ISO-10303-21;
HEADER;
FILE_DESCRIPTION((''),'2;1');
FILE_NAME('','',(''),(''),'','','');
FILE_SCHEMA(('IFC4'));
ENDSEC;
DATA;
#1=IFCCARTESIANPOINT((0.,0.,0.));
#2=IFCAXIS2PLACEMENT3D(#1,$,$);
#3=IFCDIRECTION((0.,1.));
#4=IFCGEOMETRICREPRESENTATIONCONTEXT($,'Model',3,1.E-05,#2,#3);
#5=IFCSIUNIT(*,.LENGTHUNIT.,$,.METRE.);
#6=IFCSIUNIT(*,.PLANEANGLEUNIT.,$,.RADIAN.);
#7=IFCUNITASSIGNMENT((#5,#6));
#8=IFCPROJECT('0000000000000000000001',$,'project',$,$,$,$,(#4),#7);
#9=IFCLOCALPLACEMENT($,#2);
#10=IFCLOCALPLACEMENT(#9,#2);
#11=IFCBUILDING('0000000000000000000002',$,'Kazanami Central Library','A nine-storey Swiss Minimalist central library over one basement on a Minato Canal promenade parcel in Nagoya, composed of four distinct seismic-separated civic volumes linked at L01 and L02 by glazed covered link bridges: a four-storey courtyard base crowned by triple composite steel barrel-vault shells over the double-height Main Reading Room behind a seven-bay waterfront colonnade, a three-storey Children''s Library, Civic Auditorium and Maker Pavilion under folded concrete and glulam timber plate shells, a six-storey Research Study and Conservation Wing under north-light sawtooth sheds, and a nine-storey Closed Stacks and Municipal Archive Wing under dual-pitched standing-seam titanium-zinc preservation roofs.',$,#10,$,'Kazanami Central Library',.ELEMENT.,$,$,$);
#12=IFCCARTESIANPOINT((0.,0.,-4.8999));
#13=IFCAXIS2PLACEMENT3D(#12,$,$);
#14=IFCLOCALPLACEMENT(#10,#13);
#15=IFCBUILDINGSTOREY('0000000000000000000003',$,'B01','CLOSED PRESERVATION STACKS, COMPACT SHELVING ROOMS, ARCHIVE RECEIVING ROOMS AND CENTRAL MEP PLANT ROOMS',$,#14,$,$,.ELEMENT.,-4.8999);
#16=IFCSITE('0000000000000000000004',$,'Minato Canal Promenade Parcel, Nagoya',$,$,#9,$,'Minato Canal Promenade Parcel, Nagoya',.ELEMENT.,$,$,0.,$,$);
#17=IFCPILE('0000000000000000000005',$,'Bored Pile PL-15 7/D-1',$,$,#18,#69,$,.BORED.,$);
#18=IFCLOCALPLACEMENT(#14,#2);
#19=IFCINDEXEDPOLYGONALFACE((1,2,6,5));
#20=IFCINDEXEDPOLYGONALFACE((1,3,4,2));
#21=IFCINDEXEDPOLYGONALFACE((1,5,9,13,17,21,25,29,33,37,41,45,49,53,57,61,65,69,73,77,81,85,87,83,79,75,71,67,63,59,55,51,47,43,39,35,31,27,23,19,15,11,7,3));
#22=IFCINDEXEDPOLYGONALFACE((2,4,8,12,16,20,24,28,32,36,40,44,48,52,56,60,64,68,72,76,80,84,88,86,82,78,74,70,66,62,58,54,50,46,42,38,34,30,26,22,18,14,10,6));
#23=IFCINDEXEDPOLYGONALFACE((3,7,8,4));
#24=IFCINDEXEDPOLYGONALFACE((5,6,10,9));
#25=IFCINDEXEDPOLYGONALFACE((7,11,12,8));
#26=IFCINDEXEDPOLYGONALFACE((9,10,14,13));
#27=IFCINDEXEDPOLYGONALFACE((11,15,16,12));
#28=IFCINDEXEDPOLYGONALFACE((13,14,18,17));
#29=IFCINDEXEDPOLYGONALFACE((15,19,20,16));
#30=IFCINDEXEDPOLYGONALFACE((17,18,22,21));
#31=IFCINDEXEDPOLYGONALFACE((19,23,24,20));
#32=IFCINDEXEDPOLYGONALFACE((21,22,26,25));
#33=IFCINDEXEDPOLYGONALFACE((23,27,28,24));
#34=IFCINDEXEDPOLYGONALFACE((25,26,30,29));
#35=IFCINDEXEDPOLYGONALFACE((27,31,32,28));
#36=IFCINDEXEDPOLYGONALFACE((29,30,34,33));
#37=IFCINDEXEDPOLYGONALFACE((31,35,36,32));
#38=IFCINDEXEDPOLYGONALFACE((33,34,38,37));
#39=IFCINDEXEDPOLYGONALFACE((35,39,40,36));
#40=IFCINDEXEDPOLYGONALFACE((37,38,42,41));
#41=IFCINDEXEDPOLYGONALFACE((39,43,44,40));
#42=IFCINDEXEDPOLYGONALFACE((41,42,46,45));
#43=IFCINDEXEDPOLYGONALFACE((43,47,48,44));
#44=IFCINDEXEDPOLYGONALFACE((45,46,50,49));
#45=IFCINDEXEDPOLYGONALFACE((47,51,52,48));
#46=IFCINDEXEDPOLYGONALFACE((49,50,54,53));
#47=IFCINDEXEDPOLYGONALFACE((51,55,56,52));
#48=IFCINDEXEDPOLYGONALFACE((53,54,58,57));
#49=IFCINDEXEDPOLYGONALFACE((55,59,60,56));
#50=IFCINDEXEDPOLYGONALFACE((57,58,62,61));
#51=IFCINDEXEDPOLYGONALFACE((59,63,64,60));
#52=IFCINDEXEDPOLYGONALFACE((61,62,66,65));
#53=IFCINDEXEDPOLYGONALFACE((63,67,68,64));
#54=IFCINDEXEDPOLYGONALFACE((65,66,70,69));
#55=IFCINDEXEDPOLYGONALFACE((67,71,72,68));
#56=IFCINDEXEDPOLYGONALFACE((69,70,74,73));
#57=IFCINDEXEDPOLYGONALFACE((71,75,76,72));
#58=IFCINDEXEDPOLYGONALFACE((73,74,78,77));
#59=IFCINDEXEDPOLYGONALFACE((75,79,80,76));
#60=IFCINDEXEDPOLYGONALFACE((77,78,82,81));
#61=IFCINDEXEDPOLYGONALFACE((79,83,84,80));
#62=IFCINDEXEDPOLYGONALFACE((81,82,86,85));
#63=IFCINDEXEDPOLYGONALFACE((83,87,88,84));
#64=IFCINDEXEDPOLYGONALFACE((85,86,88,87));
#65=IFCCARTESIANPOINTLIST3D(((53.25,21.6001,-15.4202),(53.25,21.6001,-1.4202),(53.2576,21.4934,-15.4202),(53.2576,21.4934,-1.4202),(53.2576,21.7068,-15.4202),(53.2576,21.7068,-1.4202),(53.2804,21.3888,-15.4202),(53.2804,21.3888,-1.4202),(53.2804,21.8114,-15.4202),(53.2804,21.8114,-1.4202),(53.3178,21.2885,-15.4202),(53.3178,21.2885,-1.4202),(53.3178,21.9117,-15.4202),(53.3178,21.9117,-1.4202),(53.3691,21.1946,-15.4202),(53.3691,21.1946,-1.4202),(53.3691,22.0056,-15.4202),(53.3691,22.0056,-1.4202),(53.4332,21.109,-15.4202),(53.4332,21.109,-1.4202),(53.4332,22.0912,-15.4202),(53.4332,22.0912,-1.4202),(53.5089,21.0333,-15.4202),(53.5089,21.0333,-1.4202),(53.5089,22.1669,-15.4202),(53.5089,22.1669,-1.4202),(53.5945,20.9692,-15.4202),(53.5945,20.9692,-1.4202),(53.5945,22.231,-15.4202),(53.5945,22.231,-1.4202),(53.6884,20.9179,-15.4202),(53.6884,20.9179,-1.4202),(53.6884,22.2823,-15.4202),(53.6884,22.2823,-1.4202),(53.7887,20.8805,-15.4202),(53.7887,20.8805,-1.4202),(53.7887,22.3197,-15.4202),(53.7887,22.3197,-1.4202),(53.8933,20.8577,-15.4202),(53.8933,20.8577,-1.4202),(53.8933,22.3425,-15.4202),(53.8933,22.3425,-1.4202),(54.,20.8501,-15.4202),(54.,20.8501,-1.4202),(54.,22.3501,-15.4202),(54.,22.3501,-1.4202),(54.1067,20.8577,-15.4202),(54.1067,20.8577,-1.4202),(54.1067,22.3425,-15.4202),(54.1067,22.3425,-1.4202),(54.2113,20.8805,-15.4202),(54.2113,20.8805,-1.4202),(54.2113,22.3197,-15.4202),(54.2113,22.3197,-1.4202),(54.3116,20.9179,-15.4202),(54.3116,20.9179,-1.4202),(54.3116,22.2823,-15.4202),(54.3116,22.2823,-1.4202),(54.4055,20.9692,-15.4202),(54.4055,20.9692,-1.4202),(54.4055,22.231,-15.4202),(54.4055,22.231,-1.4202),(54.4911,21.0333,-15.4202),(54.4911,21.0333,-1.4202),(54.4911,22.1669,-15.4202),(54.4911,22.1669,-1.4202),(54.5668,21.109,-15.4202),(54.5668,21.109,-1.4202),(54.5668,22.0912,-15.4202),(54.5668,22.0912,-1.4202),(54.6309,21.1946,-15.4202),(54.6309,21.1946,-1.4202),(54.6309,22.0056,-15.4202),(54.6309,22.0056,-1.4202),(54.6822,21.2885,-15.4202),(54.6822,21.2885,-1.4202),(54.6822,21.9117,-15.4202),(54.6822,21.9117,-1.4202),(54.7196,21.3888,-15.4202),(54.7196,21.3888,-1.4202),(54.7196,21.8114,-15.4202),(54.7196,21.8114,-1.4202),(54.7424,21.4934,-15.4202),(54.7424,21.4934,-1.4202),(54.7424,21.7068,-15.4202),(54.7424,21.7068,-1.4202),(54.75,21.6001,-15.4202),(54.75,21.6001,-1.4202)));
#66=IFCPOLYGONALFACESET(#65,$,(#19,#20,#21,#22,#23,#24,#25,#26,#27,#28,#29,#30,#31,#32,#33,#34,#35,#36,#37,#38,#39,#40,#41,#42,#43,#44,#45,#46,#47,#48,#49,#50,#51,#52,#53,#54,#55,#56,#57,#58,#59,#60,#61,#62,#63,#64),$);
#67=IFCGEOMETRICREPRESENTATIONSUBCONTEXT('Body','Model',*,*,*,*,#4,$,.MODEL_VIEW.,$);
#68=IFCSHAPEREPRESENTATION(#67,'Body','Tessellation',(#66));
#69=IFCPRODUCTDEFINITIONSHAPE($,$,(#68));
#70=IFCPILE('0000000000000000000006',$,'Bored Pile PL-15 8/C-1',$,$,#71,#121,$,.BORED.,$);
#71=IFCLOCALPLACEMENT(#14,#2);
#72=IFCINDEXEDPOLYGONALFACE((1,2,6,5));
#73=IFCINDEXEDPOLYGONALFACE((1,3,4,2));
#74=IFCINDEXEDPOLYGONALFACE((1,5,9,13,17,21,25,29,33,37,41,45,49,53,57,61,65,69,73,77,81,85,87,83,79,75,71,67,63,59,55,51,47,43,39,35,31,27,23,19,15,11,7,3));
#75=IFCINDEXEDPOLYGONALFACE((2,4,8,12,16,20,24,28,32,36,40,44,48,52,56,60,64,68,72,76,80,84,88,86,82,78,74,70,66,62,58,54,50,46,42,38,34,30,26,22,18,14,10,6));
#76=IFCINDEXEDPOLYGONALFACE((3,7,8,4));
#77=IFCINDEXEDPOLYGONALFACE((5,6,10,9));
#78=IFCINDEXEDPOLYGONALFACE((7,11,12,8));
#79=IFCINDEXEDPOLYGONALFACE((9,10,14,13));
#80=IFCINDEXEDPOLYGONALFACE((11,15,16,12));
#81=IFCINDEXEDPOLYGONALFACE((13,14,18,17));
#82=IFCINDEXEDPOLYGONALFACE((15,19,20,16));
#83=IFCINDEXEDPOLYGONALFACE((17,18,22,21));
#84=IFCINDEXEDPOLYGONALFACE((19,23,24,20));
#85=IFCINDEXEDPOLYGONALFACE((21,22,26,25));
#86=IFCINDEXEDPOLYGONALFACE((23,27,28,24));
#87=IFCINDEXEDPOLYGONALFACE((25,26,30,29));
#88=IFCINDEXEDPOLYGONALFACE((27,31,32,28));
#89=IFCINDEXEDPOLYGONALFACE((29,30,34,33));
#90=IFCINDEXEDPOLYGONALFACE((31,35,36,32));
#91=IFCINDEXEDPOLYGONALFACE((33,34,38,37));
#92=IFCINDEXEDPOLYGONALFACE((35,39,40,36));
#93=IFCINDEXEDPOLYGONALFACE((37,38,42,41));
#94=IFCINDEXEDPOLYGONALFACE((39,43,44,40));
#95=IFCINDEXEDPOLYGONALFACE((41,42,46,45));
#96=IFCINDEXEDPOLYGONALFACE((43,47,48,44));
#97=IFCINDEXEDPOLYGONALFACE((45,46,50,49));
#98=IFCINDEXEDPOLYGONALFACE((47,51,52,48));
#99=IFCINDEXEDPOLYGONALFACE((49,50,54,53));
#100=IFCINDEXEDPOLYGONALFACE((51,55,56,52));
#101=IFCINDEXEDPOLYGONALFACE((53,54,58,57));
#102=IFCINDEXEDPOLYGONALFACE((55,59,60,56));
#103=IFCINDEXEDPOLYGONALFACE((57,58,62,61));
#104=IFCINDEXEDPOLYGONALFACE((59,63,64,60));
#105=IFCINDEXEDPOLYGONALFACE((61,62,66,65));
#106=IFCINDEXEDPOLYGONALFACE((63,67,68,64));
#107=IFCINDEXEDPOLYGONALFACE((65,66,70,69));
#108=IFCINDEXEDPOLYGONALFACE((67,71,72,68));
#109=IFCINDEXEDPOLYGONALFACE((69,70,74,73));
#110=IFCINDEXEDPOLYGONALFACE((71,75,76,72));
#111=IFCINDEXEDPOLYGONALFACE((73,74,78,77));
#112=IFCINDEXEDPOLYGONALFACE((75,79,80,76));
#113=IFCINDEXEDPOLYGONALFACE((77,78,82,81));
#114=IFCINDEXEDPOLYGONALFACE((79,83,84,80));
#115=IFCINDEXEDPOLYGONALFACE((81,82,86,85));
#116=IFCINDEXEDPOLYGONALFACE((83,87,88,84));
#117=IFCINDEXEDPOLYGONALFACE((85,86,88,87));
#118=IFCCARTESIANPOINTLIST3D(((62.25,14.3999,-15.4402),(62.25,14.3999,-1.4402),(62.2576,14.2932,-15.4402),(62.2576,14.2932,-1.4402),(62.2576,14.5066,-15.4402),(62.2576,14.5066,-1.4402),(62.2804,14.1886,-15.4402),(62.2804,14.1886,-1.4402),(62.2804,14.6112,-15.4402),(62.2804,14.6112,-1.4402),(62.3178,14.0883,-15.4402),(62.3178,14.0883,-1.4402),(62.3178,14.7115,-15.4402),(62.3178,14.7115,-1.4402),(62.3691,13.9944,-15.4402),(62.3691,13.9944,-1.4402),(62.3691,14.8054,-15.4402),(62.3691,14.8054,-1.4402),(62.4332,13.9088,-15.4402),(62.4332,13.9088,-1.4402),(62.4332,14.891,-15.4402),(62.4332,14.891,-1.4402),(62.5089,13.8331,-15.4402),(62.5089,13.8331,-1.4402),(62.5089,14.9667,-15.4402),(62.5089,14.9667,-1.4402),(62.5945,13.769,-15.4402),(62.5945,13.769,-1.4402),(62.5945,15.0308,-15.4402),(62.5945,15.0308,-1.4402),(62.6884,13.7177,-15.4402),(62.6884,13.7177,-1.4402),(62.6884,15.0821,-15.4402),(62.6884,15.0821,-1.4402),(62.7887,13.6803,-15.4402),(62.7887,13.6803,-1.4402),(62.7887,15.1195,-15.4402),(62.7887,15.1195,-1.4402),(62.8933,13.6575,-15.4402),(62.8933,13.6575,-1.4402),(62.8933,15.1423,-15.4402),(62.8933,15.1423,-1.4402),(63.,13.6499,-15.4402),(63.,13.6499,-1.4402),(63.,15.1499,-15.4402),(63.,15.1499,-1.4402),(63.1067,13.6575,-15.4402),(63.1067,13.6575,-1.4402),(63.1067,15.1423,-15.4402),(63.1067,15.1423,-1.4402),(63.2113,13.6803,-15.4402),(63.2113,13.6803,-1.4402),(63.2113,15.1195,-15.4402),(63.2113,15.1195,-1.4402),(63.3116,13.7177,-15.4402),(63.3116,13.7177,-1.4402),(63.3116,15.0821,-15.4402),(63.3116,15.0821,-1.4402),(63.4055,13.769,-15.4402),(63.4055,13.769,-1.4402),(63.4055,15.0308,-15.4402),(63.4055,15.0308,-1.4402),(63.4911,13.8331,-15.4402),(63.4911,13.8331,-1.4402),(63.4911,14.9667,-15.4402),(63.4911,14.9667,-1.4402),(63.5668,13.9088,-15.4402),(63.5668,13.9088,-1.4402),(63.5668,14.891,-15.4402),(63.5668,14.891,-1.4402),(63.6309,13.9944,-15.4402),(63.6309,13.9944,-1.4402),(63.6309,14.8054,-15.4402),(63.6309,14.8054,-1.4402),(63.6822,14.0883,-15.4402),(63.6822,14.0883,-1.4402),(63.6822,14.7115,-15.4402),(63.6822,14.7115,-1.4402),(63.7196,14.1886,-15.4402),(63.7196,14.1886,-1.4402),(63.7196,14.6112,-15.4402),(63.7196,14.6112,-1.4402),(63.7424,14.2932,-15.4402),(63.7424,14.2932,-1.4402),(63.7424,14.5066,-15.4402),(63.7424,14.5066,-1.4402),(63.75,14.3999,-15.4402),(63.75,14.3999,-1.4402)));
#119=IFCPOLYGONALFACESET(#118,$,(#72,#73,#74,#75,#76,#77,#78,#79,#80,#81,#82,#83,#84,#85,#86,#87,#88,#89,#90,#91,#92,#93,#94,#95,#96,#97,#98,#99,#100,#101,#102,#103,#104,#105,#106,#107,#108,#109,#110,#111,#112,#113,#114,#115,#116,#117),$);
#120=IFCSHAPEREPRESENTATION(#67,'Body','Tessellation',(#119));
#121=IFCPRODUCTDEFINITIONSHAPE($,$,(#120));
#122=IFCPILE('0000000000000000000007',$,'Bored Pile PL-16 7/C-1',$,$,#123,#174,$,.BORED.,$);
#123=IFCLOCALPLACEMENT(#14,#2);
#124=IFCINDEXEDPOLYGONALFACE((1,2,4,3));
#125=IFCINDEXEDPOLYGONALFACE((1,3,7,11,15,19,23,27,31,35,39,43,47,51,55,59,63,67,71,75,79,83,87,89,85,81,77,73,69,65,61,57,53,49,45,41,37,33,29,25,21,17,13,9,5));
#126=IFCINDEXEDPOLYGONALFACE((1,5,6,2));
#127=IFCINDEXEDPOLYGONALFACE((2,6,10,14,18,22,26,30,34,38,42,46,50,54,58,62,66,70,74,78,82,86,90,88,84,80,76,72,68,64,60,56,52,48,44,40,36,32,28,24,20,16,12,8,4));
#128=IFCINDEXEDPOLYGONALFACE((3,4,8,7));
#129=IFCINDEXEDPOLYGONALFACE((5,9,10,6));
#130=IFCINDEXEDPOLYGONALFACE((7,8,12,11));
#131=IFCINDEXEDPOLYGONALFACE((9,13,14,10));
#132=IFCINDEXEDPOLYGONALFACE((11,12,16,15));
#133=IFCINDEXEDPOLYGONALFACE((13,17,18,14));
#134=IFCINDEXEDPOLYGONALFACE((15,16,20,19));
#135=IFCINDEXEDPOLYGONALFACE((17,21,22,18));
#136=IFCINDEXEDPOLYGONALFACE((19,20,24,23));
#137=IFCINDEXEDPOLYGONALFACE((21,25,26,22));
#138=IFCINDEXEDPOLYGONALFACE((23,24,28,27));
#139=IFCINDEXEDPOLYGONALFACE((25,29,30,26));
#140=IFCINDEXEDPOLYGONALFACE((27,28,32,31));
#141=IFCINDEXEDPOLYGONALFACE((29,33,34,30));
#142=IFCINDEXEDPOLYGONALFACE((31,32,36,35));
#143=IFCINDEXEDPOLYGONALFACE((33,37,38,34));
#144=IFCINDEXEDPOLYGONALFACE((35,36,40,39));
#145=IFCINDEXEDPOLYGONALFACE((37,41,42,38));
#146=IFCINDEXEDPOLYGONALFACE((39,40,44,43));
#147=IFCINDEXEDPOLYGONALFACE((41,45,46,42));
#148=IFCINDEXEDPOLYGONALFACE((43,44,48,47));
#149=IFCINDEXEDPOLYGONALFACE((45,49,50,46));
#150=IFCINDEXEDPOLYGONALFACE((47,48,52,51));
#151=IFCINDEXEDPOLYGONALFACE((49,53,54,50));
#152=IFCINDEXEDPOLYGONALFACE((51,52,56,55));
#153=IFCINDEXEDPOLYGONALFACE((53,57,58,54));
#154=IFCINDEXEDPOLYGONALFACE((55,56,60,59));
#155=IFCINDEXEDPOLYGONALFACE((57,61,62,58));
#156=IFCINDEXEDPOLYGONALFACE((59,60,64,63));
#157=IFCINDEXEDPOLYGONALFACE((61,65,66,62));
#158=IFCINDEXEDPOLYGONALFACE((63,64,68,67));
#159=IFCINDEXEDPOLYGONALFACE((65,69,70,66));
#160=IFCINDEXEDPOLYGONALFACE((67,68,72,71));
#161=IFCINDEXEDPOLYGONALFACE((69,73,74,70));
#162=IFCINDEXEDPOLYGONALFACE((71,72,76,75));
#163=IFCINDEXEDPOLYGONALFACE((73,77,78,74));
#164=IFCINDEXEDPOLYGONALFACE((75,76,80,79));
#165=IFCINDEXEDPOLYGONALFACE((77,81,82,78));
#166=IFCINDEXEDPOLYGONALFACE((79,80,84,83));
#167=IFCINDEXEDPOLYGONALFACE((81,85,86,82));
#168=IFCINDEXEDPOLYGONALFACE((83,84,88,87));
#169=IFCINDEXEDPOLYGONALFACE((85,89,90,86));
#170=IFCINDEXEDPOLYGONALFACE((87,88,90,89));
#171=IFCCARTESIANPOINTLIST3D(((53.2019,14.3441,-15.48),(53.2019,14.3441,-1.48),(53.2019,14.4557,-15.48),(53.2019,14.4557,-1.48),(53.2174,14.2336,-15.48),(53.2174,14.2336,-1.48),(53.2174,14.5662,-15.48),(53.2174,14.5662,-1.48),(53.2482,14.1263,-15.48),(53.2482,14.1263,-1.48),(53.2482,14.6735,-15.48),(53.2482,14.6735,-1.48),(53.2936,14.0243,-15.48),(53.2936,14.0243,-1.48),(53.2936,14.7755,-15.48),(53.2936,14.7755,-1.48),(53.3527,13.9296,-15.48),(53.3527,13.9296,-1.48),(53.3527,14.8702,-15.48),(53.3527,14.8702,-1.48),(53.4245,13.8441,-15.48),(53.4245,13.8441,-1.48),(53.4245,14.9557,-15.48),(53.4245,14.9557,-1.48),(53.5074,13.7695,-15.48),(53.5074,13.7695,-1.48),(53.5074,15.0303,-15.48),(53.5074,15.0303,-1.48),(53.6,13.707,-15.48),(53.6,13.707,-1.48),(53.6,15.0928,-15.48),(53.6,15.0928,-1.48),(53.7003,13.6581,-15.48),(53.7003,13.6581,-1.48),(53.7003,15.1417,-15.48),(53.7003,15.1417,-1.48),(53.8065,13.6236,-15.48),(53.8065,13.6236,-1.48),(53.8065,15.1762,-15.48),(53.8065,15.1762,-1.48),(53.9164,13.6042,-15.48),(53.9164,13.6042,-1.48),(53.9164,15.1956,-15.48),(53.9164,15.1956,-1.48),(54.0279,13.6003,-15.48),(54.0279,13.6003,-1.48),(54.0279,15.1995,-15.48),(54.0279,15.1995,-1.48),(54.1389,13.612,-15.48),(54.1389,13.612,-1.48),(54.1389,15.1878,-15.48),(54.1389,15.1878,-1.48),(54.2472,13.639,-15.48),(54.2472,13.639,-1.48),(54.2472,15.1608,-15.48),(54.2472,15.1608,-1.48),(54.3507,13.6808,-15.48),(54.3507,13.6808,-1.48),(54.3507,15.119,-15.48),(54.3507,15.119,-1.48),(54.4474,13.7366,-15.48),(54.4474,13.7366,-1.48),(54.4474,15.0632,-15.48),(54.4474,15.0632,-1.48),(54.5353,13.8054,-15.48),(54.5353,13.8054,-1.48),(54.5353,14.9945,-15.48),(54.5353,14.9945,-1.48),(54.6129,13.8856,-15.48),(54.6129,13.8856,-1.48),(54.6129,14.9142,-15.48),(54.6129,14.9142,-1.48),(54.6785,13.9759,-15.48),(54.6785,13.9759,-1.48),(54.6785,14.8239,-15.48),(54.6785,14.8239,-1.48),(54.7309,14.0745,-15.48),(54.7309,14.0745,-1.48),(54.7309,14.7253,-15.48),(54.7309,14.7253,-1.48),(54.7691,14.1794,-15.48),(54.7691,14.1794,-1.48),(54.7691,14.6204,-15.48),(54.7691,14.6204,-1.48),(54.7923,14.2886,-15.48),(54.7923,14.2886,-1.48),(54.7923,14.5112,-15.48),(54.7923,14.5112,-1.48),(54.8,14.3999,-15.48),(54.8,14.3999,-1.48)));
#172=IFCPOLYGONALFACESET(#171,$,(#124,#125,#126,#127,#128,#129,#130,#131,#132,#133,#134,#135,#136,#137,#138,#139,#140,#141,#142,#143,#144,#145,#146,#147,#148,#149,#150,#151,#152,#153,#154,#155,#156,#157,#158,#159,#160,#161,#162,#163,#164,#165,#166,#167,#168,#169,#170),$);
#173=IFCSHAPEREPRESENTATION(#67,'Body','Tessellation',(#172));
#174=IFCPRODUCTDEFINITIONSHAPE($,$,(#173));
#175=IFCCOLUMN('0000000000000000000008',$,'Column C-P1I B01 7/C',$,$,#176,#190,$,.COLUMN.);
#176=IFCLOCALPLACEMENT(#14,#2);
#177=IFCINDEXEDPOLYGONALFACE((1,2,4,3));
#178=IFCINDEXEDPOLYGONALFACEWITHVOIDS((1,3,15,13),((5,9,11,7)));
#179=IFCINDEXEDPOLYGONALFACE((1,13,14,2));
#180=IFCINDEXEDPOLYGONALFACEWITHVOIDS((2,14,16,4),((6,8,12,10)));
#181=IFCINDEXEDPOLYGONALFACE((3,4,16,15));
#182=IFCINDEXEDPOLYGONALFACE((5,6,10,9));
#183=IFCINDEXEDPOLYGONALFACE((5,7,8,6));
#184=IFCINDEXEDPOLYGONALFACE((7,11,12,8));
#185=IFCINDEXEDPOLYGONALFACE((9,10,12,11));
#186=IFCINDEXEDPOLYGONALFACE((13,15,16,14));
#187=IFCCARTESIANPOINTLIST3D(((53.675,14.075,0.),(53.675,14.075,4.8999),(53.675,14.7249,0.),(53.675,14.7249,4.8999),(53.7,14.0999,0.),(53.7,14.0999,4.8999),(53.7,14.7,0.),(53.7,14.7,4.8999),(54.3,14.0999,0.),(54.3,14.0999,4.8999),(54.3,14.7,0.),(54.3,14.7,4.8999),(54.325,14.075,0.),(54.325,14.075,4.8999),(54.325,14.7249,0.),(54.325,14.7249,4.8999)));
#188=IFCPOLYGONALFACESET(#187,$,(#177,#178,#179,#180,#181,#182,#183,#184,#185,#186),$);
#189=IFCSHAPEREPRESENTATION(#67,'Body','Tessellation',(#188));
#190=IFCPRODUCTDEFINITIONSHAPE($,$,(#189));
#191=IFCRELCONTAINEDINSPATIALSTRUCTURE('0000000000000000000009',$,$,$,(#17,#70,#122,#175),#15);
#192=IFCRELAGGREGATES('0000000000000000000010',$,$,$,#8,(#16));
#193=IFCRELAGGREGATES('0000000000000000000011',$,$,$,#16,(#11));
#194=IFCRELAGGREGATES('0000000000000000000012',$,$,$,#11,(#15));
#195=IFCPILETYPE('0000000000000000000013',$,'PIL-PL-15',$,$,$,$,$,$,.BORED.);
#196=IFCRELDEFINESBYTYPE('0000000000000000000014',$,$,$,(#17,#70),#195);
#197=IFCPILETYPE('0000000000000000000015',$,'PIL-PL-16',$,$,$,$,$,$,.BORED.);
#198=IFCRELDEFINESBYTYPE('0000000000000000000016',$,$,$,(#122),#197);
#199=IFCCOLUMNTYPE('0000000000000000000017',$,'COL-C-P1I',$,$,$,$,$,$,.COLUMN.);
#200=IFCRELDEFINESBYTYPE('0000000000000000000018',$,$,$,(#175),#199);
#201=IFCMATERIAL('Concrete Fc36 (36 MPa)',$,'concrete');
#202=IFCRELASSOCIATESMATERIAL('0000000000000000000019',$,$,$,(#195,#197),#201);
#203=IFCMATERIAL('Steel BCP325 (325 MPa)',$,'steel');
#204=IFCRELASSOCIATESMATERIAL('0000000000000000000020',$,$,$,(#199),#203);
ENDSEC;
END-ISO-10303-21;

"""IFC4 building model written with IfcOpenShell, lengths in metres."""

from ifc_helpers import new_model, si_unit, direction, frame, origin, origin_2d, place, context, subcontext, project, spatial, hollow_rectangle, circle, extrude, material, material_profile, profile_set, type_object, element, save


model = new_model("IFC4")

# Units and contexts
model_context = context("Model", 3, precision=1e-05, world=origin(), true_north=direction((0.0, 1.0)))
body_context = subcontext(model_context, "Body", "Model", "MODEL_VIEW")
ifc_project = project(units=[si_unit("LENGTHUNIT", "METRE"), si_unit("PLANEANGLEUNIT", "RADIAN")], contexts=[model_context])

# Site, building, storey
site_placement = place(None, origin())
site = spatial("IfcSite", under=ifc_project, at=site_placement, Name="Minato Canal Promenade Parcel, Nagoya", LongName="Minato Canal Promenade Parcel, Nagoya", CompositionType="ELEMENT", RefElevation=0.0)
building_placement = place(site_placement, origin())
building = spatial("IfcBuilding", under=site, at=building_placement, Name="Kazanami Central Library", Description="A nine-storey Swiss Minimalist central library over one basement on a Minato Canal promenade parcel in Nagoya, composed of four distinct seismic-separated civic volumes linked at L01 and L02 by glazed covered link bridges: a four-storey courtyard base crowned by triple composite steel barrel-vault shells over the double-height Main Reading Room behind a seven-bay waterfront colonnade, a three-storey Children's Library, Civic Auditorium and Maker Pavilion under folded concrete and glulam timber plate shells, a six-storey Research Study and Conservation Wing under north-light sawtooth sheds, and a nine-storey Closed Stacks and Municipal Archive Wing under dual-pitched standing-seam titanium-zinc preservation roofs.", LongName="Kazanami Central Library", CompositionType="ELEMENT")
storey_placement = place(building_placement, frame((0.0, 0.0, -4.8999)))
storey = spatial("IfcBuildingStorey", under=building, at=storey_placement, Name="B01", Description="CLOSED PRESERVATION STACKS, COMPACT SHELVING ROOMS, ARCHIVE RECEIVING ROOMS AND CENTRAL MEP PLANT ROOMS", CompositionType="ELEMENT", Elevation=-4.8999)

# Shared definitions
ifc_material_1 = material(Name="Concrete Fc36 (36 MPa)", Category="concrete")

# Piles
ifc_material_profile_1 = material_profile(ifc_material_1, circle(Radius=0.75, at=origin_2d()), Name="BORED-D1500")
ifc_profile_set_1 = profile_set([ifc_material_profile_1], Name="Concrete Fc36 (36 MPa)")
pile_type_1 = type_object("IfcPileType", Name="PIL-PL-15", PredefinedType="BORED", material=ifc_profile_set_1)
for number, where, z_axis, x_axis, name in (
    (1, (54.0, 21.6001, -1.4202), (0.0, 0.0, -1.0), (1.0, 0.0, 0.0), "Bored Pile PL-15 7/D-1"),
    (2, (63.0, 14.3999, -1.4402), (0.0, 0.0, -1.0), (1.0, 0.0, 0.0), "Bored Pile PL-15 8/C-1"),
):
    element("IfcPile", number, at=place(storey_placement, frame(where, z_axis=z_axis, x_axis=x_axis)), inside=storey, type_object=pile_type_1, Name=name, PredefinedType="BORED", context=body_context, shape_type="SweptSolid", body=[
        extrude(circle(Radius=0.75, at=origin_2d()), origin(), (0.0, 0.0, 1.0), 14.0),
    ])
ifc_material_profile_2 = material_profile(ifc_material_1, circle(Radius=0.8, at=origin_2d()), Name="BORED-D1600")
ifc_profile_set_2 = profile_set([ifc_material_profile_2], Name="Concrete Fc36 (36 MPa)")
pile_type_2 = type_object("IfcPileType", Name="PIL-PL-16", PredefinedType="BORED", material=ifc_profile_set_2)
pile_1_placement = place(storey_placement, frame((54.0, 14.3999, -1.48), z_axis=(0.0, 0.0, -1.0), x_axis=(1.0, 0.0, 0.0)))
element("IfcPile", 3, at=pile_1_placement, inside=storey, type_object=pile_type_2, Name="Bored Pile PL-16 7/C-1", PredefinedType="BORED", context=body_context, shape_type="SweptSolid", body=[
    extrude(circle(Radius=0.8, at=origin_2d()), origin(), (0.0, 0.0, 1.0), 14.0),
])

# Column
ifc_material_2 = material(Name="Steel BCP325 (325 MPa)", Category="steel")
ifc_material_profile_3 = material_profile(ifc_material_2, hollow_rectangle(XDim=0.6499, YDim=0.6499, WallThickness=0.0249, at=origin_2d()), Name="BCP-650x650x25")
ifc_profile_set_3 = profile_set([ifc_material_profile_3], Name="Steel BCP325 (325 MPa)")
column_type = type_object("IfcColumnType", Name="COL-C-P1I", PredefinedType="COLUMN", material=ifc_profile_set_3)
for number, where, z_axis, x_axis, name in (
    (4, (54.0, 14.3999, 0.0), (0.0, 0.0, 1.0), (1.0, 0.0, 0.0), "Column C-P1I B01 7/C"),
):
    element("IfcColumn", number, at=place(storey_placement, frame(where, z_axis=z_axis, x_axis=x_axis)), inside=storey, type_object=column_type, Name=name, PredefinedType="COLUMN", context=body_context, shape_type="SweptSolid", body=[
        extrude(hollow_rectangle(XDim=0.6499, YDim=0.6499, WallThickness=0.0249, at=origin_2d()), origin(), (0.0, 0.0, 1.0), 4.8999),
    ])

save(model, "model.ifc")
